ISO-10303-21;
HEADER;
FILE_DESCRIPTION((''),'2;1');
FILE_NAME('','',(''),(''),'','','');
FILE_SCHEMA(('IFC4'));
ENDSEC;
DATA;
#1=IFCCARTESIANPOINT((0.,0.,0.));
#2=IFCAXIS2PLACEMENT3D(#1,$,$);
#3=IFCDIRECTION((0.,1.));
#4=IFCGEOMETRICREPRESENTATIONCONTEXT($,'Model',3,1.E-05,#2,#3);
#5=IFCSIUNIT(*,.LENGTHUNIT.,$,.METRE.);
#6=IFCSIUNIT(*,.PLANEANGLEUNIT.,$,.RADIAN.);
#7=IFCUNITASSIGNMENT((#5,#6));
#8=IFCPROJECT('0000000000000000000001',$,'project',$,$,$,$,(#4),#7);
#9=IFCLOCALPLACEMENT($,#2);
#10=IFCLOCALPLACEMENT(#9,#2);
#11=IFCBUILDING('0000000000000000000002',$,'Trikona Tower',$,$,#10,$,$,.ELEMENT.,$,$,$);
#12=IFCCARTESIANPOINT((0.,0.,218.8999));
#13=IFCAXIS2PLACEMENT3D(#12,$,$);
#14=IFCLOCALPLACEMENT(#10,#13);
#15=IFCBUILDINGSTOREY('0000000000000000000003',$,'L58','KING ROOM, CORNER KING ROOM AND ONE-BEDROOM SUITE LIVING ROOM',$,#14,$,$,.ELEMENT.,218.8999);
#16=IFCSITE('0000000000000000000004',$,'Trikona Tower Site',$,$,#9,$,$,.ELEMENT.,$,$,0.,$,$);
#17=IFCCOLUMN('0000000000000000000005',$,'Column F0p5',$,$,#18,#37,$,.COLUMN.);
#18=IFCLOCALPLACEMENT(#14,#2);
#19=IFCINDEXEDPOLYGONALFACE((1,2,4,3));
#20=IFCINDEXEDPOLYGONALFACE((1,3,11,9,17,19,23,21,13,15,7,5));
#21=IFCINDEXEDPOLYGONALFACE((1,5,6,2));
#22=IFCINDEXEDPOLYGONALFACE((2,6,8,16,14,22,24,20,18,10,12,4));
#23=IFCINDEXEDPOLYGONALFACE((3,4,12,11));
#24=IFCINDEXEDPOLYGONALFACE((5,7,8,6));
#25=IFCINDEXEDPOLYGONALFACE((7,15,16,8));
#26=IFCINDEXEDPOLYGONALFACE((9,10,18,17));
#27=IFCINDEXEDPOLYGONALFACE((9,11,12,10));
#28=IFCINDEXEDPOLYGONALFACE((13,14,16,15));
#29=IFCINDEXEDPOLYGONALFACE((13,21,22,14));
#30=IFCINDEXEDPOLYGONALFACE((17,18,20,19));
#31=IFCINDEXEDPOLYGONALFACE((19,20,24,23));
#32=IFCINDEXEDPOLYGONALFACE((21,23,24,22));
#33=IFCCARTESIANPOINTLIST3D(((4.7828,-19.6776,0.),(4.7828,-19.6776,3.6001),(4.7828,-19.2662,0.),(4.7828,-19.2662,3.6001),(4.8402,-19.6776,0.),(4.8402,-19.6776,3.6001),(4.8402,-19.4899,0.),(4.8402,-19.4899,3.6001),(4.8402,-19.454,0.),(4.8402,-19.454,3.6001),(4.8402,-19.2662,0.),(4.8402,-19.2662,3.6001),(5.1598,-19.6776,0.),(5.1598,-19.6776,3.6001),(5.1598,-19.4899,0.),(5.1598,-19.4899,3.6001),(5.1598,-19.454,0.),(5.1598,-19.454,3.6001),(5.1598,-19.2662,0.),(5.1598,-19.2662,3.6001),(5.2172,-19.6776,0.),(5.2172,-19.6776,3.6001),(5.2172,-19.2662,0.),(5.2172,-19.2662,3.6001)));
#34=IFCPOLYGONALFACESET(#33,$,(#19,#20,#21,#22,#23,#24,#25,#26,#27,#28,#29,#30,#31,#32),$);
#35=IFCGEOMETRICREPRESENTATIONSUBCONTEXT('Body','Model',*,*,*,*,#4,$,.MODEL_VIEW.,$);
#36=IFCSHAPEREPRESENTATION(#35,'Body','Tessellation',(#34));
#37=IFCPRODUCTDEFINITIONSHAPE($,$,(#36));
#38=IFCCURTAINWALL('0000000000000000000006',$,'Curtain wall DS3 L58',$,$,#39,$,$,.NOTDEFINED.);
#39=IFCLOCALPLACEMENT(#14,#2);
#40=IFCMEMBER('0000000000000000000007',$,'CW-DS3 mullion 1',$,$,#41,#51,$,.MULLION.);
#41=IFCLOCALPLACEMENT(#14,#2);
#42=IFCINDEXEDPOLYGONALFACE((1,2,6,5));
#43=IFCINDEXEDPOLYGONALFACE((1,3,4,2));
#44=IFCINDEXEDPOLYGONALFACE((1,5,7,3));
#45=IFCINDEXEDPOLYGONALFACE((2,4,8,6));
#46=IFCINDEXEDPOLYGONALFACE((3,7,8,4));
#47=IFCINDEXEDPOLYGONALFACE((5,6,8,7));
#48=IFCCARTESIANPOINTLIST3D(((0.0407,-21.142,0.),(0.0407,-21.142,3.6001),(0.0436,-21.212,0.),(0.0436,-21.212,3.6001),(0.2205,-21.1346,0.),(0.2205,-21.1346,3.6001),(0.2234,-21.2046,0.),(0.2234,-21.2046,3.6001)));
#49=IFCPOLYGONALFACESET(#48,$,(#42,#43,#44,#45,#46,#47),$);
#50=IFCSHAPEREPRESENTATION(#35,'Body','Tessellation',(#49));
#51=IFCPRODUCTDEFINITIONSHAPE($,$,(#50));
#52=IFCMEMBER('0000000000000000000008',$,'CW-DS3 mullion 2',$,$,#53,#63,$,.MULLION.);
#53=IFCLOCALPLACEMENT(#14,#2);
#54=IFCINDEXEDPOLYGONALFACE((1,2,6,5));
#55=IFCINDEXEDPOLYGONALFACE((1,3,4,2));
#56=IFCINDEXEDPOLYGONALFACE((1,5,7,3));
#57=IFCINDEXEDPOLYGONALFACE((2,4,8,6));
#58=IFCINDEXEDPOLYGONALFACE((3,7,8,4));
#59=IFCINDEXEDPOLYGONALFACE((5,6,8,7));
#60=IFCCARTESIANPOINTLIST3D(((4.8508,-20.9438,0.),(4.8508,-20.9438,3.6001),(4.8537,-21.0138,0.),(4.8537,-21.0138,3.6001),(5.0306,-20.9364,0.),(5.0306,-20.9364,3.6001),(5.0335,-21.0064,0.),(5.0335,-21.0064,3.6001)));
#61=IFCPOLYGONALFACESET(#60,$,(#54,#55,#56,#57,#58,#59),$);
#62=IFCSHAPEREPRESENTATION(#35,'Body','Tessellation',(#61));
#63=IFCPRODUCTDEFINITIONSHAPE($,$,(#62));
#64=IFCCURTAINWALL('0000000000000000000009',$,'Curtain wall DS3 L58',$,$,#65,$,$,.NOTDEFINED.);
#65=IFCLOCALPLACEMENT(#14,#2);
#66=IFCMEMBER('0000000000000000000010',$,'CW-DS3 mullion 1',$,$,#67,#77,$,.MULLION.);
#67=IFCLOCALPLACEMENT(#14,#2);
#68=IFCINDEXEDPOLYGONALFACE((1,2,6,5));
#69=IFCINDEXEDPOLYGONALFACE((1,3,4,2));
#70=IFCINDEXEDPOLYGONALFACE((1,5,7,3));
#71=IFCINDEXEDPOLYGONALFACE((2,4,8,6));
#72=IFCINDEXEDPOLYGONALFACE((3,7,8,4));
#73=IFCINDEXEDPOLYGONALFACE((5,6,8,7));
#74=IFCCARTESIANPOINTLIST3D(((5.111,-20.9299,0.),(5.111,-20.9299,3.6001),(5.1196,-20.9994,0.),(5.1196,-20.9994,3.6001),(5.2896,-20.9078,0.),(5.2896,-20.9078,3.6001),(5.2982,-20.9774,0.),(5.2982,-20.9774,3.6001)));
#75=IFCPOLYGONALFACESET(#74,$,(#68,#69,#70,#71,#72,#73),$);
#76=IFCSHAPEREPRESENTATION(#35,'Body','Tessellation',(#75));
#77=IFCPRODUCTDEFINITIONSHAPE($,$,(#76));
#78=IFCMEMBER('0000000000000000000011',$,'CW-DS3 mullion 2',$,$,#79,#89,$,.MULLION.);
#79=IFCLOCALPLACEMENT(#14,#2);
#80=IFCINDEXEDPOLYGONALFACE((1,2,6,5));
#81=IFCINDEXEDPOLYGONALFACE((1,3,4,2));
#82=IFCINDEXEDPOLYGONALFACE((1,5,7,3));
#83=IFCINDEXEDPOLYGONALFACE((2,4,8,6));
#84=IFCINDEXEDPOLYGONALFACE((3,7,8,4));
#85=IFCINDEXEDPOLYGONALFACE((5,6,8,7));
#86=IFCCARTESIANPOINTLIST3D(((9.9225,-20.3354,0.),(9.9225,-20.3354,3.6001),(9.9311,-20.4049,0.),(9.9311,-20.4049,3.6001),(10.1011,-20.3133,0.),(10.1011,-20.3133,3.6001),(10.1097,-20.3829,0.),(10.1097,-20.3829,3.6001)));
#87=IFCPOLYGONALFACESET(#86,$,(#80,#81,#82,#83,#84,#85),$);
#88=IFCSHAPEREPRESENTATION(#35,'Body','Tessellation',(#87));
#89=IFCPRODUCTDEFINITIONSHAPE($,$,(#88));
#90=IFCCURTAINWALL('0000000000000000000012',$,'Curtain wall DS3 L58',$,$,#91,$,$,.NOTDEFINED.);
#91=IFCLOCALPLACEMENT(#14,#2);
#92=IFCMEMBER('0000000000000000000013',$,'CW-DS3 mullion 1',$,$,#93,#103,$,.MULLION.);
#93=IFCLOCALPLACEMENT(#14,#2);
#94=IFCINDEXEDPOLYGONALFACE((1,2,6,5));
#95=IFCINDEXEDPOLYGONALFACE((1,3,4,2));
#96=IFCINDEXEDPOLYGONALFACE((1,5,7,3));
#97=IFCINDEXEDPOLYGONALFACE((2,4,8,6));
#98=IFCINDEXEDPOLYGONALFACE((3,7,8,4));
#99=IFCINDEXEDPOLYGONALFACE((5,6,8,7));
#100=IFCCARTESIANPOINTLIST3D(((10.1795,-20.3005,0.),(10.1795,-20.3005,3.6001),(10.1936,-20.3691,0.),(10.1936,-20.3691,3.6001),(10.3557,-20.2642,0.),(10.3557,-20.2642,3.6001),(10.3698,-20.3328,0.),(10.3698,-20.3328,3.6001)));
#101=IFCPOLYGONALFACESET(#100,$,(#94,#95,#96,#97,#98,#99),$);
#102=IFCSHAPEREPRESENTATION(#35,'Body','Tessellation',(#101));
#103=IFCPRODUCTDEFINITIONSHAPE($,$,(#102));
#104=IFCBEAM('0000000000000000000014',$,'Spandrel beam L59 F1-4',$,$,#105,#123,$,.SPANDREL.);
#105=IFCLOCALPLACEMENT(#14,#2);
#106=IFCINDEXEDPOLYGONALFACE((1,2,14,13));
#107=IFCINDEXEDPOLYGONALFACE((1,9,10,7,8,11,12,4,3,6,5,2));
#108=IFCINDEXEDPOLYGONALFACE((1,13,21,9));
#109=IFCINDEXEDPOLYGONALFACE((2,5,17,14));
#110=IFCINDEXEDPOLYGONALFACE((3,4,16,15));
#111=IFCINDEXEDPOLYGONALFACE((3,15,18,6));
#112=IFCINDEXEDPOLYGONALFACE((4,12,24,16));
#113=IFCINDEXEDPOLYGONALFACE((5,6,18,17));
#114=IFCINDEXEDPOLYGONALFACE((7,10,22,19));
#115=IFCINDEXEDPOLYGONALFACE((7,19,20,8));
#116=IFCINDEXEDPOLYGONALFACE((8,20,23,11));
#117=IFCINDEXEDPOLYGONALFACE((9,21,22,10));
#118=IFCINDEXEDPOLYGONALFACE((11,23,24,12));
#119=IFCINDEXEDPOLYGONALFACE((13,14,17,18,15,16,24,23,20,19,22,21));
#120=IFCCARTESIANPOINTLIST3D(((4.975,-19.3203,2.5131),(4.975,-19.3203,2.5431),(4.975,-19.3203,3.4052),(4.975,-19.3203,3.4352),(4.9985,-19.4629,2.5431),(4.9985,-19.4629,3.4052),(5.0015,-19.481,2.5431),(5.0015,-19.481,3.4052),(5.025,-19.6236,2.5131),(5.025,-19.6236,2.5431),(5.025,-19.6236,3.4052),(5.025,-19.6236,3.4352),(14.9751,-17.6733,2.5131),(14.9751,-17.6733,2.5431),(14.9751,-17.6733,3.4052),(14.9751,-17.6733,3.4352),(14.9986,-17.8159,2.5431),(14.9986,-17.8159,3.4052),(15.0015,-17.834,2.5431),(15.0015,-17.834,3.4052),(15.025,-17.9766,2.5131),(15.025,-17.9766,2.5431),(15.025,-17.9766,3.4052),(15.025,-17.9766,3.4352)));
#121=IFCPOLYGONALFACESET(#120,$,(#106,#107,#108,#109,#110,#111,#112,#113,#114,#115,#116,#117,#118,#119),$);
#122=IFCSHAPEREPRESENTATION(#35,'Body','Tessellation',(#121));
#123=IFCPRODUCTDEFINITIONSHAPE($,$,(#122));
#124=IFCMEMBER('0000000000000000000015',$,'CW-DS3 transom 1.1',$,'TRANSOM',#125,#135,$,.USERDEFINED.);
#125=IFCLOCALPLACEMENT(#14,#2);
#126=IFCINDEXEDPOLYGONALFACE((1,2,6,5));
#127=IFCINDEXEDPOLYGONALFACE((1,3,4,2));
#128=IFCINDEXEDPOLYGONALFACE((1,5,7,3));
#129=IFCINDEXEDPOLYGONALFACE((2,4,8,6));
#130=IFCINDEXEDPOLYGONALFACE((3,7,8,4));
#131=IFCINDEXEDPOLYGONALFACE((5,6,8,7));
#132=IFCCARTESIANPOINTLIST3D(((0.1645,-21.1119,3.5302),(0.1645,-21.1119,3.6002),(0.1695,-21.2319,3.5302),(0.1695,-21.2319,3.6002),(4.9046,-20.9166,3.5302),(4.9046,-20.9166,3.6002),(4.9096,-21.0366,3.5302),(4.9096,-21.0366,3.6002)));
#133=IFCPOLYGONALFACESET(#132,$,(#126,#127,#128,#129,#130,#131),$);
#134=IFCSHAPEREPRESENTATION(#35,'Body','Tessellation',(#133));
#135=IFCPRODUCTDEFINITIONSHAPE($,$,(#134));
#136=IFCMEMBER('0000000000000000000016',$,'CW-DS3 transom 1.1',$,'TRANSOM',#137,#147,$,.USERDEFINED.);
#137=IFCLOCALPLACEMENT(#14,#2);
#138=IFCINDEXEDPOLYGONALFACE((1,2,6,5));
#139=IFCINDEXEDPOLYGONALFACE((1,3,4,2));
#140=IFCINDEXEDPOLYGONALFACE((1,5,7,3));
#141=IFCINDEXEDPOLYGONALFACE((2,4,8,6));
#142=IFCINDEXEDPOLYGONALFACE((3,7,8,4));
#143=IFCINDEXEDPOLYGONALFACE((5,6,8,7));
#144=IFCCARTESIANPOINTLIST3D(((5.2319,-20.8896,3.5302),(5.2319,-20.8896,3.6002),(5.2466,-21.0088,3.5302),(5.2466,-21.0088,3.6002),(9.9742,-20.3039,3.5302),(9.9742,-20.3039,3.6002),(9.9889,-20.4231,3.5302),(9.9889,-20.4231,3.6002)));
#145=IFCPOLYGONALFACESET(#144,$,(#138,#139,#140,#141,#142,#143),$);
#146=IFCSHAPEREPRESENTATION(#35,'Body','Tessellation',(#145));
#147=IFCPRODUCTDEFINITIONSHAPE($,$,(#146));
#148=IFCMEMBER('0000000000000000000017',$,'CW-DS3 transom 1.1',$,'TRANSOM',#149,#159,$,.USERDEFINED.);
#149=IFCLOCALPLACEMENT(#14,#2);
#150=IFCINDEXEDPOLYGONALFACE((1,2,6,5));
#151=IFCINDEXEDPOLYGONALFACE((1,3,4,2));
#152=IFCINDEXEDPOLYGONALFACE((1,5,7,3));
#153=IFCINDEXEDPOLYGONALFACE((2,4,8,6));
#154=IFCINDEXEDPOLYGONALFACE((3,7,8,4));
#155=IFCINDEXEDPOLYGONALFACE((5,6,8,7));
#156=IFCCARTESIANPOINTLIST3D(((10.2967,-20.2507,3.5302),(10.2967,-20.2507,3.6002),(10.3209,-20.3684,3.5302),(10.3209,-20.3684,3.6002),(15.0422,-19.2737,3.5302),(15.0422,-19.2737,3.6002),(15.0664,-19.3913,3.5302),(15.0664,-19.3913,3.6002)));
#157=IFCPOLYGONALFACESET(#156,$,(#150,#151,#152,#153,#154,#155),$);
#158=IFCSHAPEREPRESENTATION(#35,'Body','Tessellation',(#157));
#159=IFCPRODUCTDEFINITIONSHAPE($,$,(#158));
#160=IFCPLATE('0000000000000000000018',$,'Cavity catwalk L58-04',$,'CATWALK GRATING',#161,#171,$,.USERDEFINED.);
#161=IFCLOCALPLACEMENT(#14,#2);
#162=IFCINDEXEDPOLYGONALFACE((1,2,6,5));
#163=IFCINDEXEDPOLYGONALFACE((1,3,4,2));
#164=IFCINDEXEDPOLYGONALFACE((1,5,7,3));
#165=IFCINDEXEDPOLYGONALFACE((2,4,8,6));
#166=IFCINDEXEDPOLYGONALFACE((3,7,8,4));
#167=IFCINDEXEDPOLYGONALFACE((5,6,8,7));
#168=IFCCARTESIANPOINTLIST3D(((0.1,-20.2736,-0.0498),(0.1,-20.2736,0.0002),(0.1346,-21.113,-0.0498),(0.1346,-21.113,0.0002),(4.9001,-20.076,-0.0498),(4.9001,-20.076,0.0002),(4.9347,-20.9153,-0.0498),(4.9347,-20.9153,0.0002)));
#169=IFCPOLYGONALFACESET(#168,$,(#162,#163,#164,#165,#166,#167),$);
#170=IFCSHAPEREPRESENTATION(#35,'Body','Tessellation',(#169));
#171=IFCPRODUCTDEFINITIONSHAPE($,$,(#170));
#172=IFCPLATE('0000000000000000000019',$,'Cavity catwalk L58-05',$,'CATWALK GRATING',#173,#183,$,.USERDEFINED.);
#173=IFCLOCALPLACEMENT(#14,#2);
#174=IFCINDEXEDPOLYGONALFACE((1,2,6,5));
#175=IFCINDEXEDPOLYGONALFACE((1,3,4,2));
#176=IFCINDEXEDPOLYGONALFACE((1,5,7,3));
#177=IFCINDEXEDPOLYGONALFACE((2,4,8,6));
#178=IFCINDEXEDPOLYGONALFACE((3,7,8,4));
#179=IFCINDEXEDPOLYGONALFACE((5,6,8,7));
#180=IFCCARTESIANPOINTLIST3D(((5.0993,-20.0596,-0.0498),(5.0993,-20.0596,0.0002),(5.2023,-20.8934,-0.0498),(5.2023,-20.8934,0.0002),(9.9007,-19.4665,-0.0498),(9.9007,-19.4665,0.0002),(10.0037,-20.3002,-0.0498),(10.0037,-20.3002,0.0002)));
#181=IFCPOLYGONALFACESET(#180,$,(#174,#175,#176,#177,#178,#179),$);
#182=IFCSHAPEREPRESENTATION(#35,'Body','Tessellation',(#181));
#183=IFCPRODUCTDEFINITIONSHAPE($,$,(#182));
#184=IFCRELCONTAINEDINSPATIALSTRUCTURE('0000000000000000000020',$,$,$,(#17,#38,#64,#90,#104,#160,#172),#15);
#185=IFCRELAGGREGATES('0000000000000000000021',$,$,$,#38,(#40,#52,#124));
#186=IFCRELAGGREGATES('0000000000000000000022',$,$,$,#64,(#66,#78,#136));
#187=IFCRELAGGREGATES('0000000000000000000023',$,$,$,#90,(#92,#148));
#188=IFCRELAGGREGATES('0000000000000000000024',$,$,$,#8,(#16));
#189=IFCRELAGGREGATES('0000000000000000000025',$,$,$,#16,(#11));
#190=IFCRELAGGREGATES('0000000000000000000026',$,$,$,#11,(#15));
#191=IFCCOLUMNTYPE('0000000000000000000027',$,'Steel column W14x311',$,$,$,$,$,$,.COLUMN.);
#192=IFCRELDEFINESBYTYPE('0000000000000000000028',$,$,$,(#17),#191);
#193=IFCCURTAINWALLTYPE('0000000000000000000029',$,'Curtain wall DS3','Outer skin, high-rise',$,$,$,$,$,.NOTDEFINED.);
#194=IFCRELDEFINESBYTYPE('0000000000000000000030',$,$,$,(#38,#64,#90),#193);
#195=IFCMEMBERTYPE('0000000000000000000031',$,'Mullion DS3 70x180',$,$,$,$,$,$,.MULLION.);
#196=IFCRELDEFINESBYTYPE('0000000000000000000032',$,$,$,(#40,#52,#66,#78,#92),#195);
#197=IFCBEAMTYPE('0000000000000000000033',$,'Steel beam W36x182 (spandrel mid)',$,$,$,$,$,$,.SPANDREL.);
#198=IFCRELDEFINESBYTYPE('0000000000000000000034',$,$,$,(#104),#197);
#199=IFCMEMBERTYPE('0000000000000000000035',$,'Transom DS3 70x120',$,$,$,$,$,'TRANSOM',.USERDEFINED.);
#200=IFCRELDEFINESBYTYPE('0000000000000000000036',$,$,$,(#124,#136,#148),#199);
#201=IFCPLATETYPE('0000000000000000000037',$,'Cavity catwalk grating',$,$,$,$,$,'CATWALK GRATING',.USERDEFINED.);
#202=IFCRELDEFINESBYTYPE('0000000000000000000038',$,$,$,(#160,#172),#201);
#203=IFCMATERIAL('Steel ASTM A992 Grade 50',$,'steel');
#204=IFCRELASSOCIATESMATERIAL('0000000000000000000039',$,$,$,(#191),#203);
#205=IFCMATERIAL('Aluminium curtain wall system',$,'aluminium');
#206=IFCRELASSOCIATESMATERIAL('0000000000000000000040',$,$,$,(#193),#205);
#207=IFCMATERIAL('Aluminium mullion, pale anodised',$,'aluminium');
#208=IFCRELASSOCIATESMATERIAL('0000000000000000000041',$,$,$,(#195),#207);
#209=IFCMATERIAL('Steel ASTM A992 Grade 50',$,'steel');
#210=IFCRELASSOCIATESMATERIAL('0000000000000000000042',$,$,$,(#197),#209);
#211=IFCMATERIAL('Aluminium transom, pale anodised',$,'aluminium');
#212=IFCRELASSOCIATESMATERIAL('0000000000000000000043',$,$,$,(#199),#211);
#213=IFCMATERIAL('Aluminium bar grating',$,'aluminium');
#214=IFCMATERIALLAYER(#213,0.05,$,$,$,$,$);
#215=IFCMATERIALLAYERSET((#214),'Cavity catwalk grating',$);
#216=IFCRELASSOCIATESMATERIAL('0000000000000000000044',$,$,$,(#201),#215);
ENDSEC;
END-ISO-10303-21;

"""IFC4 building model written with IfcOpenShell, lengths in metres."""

from ifc_helpers import new_model, si_unit, direction, frame, origin, origin_2d, place, context, subcontext, project, spatial, rectangle, i_section, extrude, material, layer, layer_set, material_profile, profile_set, type_object, element, aggregate, save


model = new_model("IFC4")

# Units and contexts
model_context = context("Model", 3, precision=1e-05, world=origin(), true_north=direction((0.0, 1.0)))
body_context = subcontext(model_context, "Body", "Model", "MODEL_VIEW")
ifc_project = project(units=[si_unit("LENGTHUNIT", "METRE"), si_unit("PLANEANGLEUNIT", "RADIAN")], contexts=[model_context])

# Site, building, storey
site_placement = place(None, origin())
site = spatial("IfcSite", under=ifc_project, at=site_placement, Name="Trikona Tower Site", CompositionType="ELEMENT", RefElevation=0.0)
building_placement = place(site_placement, origin())
building = spatial("IfcBuilding", under=site, at=building_placement, Name="Trikona Tower", CompositionType="ELEMENT")
storey_placement = place(building_placement, frame((0.0, 0.0, 218.8999)))
storey = spatial("IfcBuildingStorey", under=building, at=storey_placement, Name="L58", Description="KING ROOM, CORNER KING ROOM AND ONE-BEDROOM SUITE LIVING ROOM", CompositionType="ELEMENT", Elevation=218.8999)

# Column
ifc_material_1 = material(Name="Steel ASTM A992 Grade 50", Category="steel")
ifc_material_profile_1 = material_profile(ifc_material_1, i_section(OverallWidth=0.4114, OverallDepth=0.4343, WebThickness=0.0359, FlangeThickness=0.0574, at=origin_2d()), Name="W14X311")
ifc_profile_set_1 = profile_set([ifc_material_profile_1], Name="Steel ASTM A992 Grade 50")
column_type = type_object("IfcColumnType", Name="Steel column W14x311", PredefinedType="COLUMN", material=ifc_profile_set_1)
column_placement = place(storey_placement, frame((5.0, -19.4719, 0.0), z_axis=(0.0, 0.0, 1.0), x_axis=(0.0, -1.0, 0.0)))
element("IfcColumn", 1, at=column_placement, inside=storey, type_object=column_type, Name="Column F0p5", PredefinedType="COLUMN", context=body_context, shape_type="SweptSolid", body=[
    extrude(i_section(OverallWidth=0.4114, OverallDepth=0.4343, WebThickness=0.0359, FlangeThickness=0.0574, at=origin_2d()), origin(), (0.0, 0.0, 1.0), 3.6001),
])

# Curtain walls, members
ifc_material_2 = material(Name="Aluminium curtain wall system", Category="aluminium")
curtain_wall_type = type_object("IfcCurtainWallType", Name="Curtain wall DS3", Description="Outer skin, high-rise", PredefinedType="NOTDEFINED", material=ifc_material_2)
curtain_wall_1_placement = place(storey_placement, origin())
curtain_wall_1 = element("IfcCurtainWall", 2, at=curtain_wall_1_placement, inside=storey, type_object=curtain_wall_type, Name="Curtain wall DS3 L58", PredefinedType="NOTDEFINED")
ifc_material_3 = material(Name="Aluminium mullion, pale anodised", Category="aluminium")
ifc_material_profile_2 = material_profile(ifc_material_3, rectangle(XDim=0.0701, YDim=0.1799, at=origin_2d()), Name="MUL-DS3")
ifc_profile_set_2 = profile_set([ifc_material_profile_2], Name="Aluminium mullion, pale anodised")
member_type_1 = type_object("IfcMemberType", Name="Mullion DS3 70x180", PredefinedType="MULLION", material=ifc_profile_set_2)
member_1_placement = place(storey_placement, frame((0.1321, -21.1733, 0.0), z_axis=(0.0, 0.0, 1.0), x_axis=(-0.041153, 0.999153, 0.0)))
member_1 = element("IfcMember", 3, at=member_1_placement, type_object=member_type_1, Name="CW-DS3 mullion 1", PredefinedType="MULLION", context=body_context, shape_type="SweptSolid", body=[
    extrude(rectangle(XDim=0.0701, YDim=0.1799, at=origin_2d()), origin(), (0.0, 0.0, 1.0), 3.6001),
])
member_2_placement = place(storey_placement, frame((4.9421, -20.9751, 0.0), z_axis=(0.0, 0.0, 1.0), x_axis=(-0.041153, 0.999153, 0.0)))
member_2 = element("IfcMember", 4, at=member_2_placement, type_object=member_type_1, Name="CW-DS3 mullion 2", PredefinedType="MULLION", context=body_context, shape_type="SweptSolid", body=[
    extrude(rectangle(XDim=0.0701, YDim=0.1799, at=origin_2d()), origin(), (0.0, 0.0, 1.0), 3.6001),
])
curtain_wall_2_placement = place(storey_placement, origin())
curtain_wall_2 = element("IfcCurtainWall", 5, at=curtain_wall_2_placement, inside=storey, type_object=curtain_wall_type, Name="Curtain wall DS3 L58", PredefinedType="NOTDEFINED")
member_3_placement = place(storey_placement, frame((5.2046, -20.9536, 0.0), z_axis=(0.0, 0.0, 1.0), x_axis=(-0.122611, 0.992455, 0.0)))
member_3 = element("IfcMember", 6, at=member_3_placement, type_object=member_type_1, Name="CW-DS3 mullion 1", PredefinedType="MULLION", context=body_context, shape_type="SweptSolid", body=[
    extrude(rectangle(XDim=0.0701, YDim=0.1799, at=origin_2d()), origin(), (0.0, 0.0, 1.0), 3.6001),
])
member_4_placement = place(storey_placement, frame((10.0161, -20.3591, 0.0), z_axis=(0.0, 0.0, 1.0), x_axis=(-0.122611, 0.992455, 0.0)))
member_4 = element("IfcMember", 7, at=member_4_placement, type_object=member_type_1, Name="CW-DS3 mullion 2", PredefinedType="MULLION", context=body_context, shape_type="SweptSolid", body=[
    extrude(rectangle(XDim=0.0701, YDim=0.1799, at=origin_2d()), origin(), (0.0, 0.0, 1.0), 3.6001),
])

# Curtain wall, member
curtain_wall_3_placement = place(storey_placement, origin())
curtain_wall_3 = element("IfcCurtainWall", 8, at=curtain_wall_3_placement, inside=storey, type_object=curtain_wall_type, Name="Curtain wall DS3 L58", PredefinedType="NOTDEFINED")
member_5_placement = place(storey_placement, frame((10.2747, -20.3167, 0.0), z_axis=(0.0, 0.0, 1.0), x_axis=(-0.201653, 0.979457, 0.0)))
member_5 = element("IfcMember", 9, at=member_5_placement, type_object=member_type_1, Name="CW-DS3 mullion 1", PredefinedType="MULLION", context=body_context, shape_type="SweptSolid", body=[
    extrude(rectangle(XDim=0.0701, YDim=0.1799, at=origin_2d()), origin(), (0.0, 0.0, 1.0), 3.6001),
])

# Beam
ifc_material_4 = material(Name="Steel ASTM A992 Grade 50", Category="steel")
ifc_material_profile_3 = material_profile(ifc_material_4, i_section(OverallWidth=0.3074, OverallDepth=0.9221, WebThickness=0.0183, FlangeThickness=0.03, at=origin_2d()), Name="W36X182")
ifc_profile_set_3 = profile_set([ifc_material_profile_3], Name="Steel ASTM A992 Grade 50")
beam_type = type_object("IfcBeamType", Name="Steel beam W36x182 (spandrel mid)", PredefinedType="SPANDREL", material=ifc_profile_set_3)
beam_placement = place(storey_placement, frame((5.0, -19.4719, 2.9741), z_axis=(0.986707, 0.162508, 0.0), x_axis=(-0.162508, 0.986707, 0.0)))
element("IfcBeam", 10, at=beam_placement, inside=storey, type_object=beam_type, Name="Spandrel beam L59 F1-4", PredefinedType="SPANDREL", context=body_context, shape_type="SweptSolid", body=[
    extrude(i_section(OverallWidth=0.3074, OverallDepth=0.9221, WebThickness=0.0183, FlangeThickness=0.03, at=origin_2d()), origin(), (0.0, 0.0, 1.0), 10.1348),
])

# Members
ifc_material_5 = material(Name="Aluminium transom, pale anodised", Category="aluminium")
ifc_material_profile_4 = material_profile(ifc_material_5, rectangle(XDim=0.1201, YDim=0.0701, at=origin_2d()), Name="TRN-DS3")
ifc_profile_set_4 = profile_set([ifc_material_profile_4], Name="Aluminium transom, pale anodised")
member_type_2 = type_object("IfcMemberType", Name="Transom DS3 70x120", ElementType="TRANSOM", PredefinedType="USERDEFINED", material=ifc_profile_set_4)
member_6_placement = place(storey_placement, frame((0.167, -21.1719, 3.5652), z_axis=(0.999152, 0.041168, 0.0), x_axis=(-0.041168, 0.999152, 0.0)))
member_6 = element("IfcMember", 11, at=member_6_placement, type_object=member_type_2, Name="CW-DS3 transom 1.1", ObjectType="TRANSOM", PredefinedType="USERDEFINED", context=body_context, shape_type="SweptSolid", body=[
    extrude(rectangle(XDim=0.1201, YDim=0.0701, at=origin_2d()), origin(), (0.0, 0.0, 1.0), 4.7441),
])
member_7_placement = place(storey_placement, frame((5.2393, -20.9492, 3.5652), z_axis=(0.992459, 0.122576, 0.0), x_axis=(-0.122576, 0.992459, 0.0)))
member_7 = element("IfcMember", 12, at=member_7_placement, type_object=member_type_2, Name="CW-DS3 transom 1.1", ObjectType="TRANSOM", PredefinedType="USERDEFINED", context=body_context, shape_type="SweptSolid", body=[
    extrude(rectangle(XDim=0.1201, YDim=0.0701, at=origin_2d()), origin(), (0.0, 0.0, 1.0), 4.7783),
])
member_8_placement = place(storey_placement, frame((10.3088, -20.3096, 3.5652), z_axis=(0.979454, 0.201666, 0.0), x_axis=(-0.201666, 0.979454, 0.0)))
member_8 = element("IfcMember", 13, at=member_8_placement, type_object=member_type_2, Name="CW-DS3 transom 1.1", ObjectType="TRANSOM", PredefinedType="USERDEFINED", context=body_context, shape_type="SweptSolid", body=[
    extrude(rectangle(XDim=0.1201, YDim=0.0701, at=origin_2d()), origin(), (0.0, 0.0, 1.0), 4.845),
])

# Plates
ifc_material_6 = material(Name="Aluminium bar grating", Category="aluminium")
ifc_layer_1 = layer(ifc_material_6, 0.05)
ifc_layer_set_1 = layer_set([ifc_layer_1], Name="Cavity catwalk grating")
plate_type_1 = type_object("IfcPlateType", Name="Cavity catwalk grating", ElementType="CATWALK GRATING", PredefinedType="USERDEFINED", material=ifc_layer_set_1)
plate_1_placement = place(storey_placement, frame((2.5173, -20.5945, -0.0498), z_axis=(0.0, 0.0, 1.0), x_axis=(0.999153, 0.041145, 0.0)))
element("IfcPlate", 14, at=plate_1_placement, inside=storey, type_object=plate_type_1, Name="Cavity catwalk L58-04", ObjectType="CATWALK GRATING", PredefinedType="USERDEFINED", context=body_context, shape_type="SweptSolid", body=[
    extrude(rectangle(XDim=4.8042, YDim=0.8401, at=origin_2d()), origin(), (0.0, 0.0, 1.0), 0.05),
])
plate_2_placement = place(storey_placement, frame((7.5515, -20.1799, -0.0498), z_axis=(0.0, 0.0, 1.0), x_axis=(0.992455, 0.122607, 0.0)))
element("IfcPlate", 15, at=plate_2_placement, inside=storey, type_object=plate_type_1, Name="Cavity catwalk L58-05", ObjectType="CATWALK GRATING", PredefinedType="USERDEFINED", context=body_context, shape_type="SweptSolid", body=[
    extrude(rectangle(XDim=4.8379, YDim=0.8401, at=origin_2d()), origin(), (0.0, 0.0, 1.0), 0.05),
])

aggregate(curtain_wall_1, [member_1, member_2, member_6])
aggregate(curtain_wall_2, [member_3, member_4, member_7])
aggregate(curtain_wall_3, [member_5, member_8])

save(model, "model.ifc")
